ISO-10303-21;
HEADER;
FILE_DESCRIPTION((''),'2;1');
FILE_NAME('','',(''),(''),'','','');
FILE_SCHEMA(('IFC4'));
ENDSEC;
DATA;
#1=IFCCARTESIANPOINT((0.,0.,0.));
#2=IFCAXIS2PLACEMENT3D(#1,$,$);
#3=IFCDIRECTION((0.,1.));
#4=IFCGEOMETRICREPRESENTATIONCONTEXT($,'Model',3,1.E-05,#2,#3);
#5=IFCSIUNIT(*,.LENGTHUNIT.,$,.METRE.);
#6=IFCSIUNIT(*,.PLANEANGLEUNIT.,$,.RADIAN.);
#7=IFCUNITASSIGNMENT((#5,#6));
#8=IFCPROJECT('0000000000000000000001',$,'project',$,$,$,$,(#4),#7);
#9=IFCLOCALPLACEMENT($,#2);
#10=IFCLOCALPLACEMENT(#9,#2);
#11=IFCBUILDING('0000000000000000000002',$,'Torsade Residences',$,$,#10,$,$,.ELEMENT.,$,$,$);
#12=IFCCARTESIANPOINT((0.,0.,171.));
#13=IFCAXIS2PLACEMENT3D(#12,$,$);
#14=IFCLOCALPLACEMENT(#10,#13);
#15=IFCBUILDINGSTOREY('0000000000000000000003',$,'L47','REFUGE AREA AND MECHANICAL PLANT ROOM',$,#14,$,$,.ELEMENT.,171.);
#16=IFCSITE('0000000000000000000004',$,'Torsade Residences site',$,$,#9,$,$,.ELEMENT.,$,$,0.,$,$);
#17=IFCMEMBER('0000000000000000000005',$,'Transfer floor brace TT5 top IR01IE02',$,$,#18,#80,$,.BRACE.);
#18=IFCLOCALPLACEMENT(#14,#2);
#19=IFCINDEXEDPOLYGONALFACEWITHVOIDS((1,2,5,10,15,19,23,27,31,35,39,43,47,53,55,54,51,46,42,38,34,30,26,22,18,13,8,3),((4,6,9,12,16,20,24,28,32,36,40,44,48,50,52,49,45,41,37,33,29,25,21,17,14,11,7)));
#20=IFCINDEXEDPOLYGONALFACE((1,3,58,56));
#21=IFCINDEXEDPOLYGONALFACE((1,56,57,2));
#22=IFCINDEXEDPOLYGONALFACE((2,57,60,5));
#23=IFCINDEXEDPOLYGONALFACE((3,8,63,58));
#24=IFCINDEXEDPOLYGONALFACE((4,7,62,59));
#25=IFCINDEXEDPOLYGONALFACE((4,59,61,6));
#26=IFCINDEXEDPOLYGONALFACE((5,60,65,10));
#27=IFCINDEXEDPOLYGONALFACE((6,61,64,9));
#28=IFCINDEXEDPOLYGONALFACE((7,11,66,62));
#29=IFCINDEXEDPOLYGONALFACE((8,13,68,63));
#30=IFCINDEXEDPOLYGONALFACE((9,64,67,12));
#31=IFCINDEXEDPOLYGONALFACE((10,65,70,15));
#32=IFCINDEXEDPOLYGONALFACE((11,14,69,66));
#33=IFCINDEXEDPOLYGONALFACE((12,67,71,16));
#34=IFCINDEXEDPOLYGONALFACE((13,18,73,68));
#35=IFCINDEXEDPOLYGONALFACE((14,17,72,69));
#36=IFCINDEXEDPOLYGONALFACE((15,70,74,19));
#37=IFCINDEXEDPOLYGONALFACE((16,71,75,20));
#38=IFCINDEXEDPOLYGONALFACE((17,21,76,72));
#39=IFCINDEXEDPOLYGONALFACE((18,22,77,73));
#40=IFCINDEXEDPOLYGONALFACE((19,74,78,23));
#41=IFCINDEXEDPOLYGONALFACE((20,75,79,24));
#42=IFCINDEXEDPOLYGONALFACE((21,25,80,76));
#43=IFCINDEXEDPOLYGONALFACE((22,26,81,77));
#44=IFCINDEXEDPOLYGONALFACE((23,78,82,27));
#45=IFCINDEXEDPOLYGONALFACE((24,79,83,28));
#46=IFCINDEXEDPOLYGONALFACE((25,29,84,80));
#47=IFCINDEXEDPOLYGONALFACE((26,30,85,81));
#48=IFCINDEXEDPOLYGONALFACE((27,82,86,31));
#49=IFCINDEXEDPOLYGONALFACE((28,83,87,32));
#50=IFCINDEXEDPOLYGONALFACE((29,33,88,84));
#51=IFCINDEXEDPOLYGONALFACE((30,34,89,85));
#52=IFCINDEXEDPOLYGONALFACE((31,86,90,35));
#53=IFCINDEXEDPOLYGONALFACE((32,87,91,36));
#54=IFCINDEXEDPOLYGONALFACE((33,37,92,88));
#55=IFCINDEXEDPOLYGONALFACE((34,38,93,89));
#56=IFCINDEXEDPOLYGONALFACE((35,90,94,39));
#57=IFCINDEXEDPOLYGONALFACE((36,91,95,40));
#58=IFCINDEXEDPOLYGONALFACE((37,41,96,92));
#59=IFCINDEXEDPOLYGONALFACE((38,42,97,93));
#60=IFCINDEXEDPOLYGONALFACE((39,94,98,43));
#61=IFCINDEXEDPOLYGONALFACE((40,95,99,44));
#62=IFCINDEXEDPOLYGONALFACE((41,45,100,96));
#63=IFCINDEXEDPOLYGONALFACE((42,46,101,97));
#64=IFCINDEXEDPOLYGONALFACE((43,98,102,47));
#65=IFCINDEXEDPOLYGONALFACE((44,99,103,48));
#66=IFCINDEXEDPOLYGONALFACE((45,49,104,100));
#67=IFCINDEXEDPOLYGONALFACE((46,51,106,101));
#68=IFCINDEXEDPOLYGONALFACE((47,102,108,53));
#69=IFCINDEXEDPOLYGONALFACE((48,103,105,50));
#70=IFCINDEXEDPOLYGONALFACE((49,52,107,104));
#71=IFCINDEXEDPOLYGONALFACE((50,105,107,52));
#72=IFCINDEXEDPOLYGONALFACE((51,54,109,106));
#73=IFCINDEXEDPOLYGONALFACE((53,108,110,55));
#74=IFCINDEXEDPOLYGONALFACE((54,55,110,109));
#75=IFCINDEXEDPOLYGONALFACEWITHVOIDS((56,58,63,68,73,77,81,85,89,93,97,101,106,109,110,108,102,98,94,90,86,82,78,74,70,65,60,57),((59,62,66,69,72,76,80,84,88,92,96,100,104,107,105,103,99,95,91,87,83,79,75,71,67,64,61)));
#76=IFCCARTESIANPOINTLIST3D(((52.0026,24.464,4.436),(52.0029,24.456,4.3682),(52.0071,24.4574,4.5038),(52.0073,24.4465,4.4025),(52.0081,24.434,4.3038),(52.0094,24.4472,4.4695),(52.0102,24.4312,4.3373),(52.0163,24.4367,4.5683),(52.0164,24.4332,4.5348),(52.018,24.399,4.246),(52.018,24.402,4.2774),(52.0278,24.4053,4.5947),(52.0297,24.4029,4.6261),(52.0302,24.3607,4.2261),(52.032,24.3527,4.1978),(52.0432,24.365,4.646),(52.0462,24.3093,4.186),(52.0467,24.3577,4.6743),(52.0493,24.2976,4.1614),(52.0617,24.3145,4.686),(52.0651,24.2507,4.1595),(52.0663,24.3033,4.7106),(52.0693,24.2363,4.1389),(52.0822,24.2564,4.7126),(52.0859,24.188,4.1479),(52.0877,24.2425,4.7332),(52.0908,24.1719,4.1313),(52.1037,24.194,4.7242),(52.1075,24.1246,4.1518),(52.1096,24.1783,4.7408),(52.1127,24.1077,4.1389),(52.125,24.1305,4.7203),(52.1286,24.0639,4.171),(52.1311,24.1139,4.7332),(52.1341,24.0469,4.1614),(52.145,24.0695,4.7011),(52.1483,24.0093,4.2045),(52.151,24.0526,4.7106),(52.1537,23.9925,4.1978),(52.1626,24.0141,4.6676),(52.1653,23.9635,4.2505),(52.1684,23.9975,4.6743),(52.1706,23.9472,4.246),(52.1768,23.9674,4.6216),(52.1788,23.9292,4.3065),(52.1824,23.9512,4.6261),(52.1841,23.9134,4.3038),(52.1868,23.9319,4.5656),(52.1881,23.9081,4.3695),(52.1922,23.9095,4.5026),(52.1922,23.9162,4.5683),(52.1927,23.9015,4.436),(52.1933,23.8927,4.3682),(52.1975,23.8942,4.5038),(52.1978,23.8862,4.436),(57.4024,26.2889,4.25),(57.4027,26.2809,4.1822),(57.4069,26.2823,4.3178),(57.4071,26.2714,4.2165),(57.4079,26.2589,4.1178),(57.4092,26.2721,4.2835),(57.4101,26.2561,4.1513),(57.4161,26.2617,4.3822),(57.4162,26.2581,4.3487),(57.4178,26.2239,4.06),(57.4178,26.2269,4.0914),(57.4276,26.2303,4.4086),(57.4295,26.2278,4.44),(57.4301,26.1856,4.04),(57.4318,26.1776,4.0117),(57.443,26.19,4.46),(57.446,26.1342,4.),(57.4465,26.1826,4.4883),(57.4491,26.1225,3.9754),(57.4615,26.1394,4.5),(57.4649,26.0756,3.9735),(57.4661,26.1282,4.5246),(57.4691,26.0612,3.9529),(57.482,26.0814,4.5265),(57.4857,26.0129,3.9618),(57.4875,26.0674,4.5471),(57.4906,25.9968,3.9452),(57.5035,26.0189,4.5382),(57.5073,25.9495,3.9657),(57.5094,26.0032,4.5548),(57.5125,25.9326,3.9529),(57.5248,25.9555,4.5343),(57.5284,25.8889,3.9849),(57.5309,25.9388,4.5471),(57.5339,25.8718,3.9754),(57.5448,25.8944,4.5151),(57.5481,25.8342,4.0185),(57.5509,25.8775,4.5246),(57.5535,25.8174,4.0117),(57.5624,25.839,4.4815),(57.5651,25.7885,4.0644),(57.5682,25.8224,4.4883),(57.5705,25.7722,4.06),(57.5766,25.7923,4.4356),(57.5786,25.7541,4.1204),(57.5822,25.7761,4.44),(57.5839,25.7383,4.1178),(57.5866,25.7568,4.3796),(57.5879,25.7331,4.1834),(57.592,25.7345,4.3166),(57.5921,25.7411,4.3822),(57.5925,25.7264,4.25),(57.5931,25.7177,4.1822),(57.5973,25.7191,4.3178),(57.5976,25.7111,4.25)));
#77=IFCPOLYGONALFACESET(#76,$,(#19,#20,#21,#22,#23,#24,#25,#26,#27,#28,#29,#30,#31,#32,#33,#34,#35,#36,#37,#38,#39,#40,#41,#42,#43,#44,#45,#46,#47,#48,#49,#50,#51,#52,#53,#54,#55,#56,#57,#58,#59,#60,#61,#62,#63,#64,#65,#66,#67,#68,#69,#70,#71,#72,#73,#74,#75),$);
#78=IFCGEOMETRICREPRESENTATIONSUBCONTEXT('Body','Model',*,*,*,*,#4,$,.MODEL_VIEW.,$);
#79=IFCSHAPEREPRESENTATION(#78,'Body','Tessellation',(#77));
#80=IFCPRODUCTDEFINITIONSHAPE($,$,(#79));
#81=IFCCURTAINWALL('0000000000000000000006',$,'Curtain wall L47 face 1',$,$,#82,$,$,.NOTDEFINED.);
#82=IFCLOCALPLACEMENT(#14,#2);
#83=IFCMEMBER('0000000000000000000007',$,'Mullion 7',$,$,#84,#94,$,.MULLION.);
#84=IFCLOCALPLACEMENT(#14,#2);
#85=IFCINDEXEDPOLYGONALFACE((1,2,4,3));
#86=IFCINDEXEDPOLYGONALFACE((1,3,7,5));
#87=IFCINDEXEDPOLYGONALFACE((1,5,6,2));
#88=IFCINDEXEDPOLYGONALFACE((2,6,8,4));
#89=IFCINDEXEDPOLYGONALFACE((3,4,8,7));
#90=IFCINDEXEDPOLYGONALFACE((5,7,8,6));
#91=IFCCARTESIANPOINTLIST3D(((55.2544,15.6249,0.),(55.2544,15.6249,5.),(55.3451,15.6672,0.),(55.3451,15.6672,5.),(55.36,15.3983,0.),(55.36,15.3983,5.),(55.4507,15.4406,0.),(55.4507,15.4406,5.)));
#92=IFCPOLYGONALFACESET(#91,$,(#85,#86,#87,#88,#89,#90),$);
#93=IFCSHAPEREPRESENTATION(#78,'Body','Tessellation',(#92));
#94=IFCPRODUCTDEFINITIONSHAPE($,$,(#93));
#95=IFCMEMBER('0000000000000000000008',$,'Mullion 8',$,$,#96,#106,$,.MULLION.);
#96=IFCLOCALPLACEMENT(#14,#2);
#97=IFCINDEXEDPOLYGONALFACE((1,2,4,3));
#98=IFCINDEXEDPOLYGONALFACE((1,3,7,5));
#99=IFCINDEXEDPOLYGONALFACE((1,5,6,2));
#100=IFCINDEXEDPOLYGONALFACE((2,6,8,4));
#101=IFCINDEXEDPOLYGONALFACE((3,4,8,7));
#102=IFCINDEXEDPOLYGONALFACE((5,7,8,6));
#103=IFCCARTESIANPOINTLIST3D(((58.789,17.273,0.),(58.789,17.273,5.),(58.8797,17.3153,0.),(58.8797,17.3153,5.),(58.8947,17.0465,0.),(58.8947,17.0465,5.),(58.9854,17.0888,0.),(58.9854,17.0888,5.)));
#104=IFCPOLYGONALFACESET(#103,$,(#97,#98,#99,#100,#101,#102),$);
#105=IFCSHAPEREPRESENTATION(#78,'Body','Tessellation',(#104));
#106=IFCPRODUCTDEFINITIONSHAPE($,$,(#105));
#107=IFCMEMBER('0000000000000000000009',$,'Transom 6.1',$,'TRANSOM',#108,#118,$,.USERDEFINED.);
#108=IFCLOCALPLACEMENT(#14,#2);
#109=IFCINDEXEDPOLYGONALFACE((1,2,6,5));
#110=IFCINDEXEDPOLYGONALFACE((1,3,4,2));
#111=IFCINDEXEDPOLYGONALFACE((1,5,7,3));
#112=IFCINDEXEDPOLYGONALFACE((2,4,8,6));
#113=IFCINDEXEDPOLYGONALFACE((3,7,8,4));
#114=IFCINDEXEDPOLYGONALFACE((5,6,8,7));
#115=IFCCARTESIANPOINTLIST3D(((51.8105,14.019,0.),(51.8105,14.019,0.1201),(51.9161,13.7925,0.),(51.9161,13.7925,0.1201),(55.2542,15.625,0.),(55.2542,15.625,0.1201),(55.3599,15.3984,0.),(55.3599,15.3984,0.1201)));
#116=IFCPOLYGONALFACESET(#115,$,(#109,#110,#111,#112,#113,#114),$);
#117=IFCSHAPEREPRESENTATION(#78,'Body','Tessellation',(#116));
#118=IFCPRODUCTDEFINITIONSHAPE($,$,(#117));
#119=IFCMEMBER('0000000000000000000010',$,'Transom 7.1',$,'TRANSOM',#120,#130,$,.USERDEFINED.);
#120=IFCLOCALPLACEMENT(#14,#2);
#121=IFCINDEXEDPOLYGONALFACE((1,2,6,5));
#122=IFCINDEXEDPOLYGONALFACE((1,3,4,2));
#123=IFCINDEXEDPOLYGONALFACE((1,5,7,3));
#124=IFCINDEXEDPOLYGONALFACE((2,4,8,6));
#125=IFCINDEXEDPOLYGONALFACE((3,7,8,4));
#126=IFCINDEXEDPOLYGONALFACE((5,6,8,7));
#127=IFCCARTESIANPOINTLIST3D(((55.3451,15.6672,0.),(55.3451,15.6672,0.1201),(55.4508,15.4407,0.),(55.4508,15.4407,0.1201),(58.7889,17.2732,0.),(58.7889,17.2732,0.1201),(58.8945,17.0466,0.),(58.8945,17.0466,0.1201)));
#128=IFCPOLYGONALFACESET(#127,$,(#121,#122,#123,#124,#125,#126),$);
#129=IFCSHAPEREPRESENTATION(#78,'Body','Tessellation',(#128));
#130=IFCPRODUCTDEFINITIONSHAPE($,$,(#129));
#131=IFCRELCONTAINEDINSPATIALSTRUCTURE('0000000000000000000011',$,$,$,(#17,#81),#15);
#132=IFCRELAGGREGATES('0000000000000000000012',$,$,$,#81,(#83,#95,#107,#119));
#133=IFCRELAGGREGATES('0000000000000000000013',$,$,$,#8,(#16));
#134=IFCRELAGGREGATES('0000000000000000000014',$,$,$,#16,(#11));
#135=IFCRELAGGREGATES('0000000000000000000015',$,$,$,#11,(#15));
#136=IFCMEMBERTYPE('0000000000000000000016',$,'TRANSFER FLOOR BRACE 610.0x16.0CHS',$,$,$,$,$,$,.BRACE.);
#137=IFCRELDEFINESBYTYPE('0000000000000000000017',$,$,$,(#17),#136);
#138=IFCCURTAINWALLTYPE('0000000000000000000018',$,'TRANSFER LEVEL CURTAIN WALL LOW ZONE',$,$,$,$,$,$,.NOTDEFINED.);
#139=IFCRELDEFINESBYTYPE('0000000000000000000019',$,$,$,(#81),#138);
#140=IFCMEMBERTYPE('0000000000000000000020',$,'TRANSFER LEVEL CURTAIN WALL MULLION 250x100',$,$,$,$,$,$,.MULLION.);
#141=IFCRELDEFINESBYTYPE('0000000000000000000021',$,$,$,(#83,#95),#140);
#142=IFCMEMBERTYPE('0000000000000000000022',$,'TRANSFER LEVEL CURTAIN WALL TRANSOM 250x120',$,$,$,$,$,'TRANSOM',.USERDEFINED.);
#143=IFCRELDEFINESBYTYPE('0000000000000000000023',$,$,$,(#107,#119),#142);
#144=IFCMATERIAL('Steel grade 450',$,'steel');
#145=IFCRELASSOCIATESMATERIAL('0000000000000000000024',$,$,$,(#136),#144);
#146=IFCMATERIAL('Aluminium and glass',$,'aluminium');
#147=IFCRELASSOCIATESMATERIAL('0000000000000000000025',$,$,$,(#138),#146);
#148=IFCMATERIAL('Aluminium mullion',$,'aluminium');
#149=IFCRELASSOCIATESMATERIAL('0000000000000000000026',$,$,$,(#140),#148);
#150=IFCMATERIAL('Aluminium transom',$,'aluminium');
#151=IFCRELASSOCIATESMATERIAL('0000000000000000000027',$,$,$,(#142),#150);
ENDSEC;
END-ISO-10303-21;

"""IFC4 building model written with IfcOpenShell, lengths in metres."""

from ifc_helpers import new_model, si_unit, direction, frame, origin, origin_2d, place, context, subcontext, project, spatial, rectangle, hollow_circle, extrude, material, material_profile, profile_set, type_object, element, aggregate, save


model = new_model("IFC4")

# Units and contexts
model_context = context("Model", 3, precision=1e-05, world=origin(), true_north=direction((0.0, 1.0)))
body_context = subcontext(model_context, "Body", "Model", "MODEL_VIEW")
ifc_project = project(units=[si_unit("LENGTHUNIT", "METRE"), si_unit("PLANEANGLEUNIT", "RADIAN")], contexts=[model_context])

# Site, building, storey
site_placement = place(None, origin())
site = spatial("IfcSite", under=ifc_project, at=site_placement, Name="Torsade Residences site", CompositionType="ELEMENT", RefElevation=0.0)
building_placement = place(site_placement, origin())
building = spatial("IfcBuilding", under=site, at=building_placement, Name="Torsade Residences", CompositionType="ELEMENT")
storey_placement = place(building_placement, frame((0.0, 0.0, 171.0)))
storey = spatial("IfcBuildingStorey", under=building, at=storey_placement, Name="L47", Description="REFUGE AREA AND MECHANICAL PLANT ROOM", CompositionType="ELEMENT", Elevation=171.0)

# Member
ifc_material_1 = material(Name="Steel grade 450", Category="steel")
ifc_material_profile_1 = material_profile(ifc_material_1, hollow_circle(Radius=0.3049, WallThickness=0.0161, at=origin_2d()), Name="610.0x16.0CHS")
ifc_profile_set_1 = profile_set([ifc_material_profile_1], Name="Steel grade 450")
member_type_1 = type_object("IfcMemberType", Name="TRANSFER FLOOR BRACE 610.0x16.0CHS", PredefinedType="BRACE", material=ifc_profile_set_1)
member_1_placement = place(storey_placement, frame((57.5, 26.0, 4.25), z_axis=(-0.946856, -0.319999, 0.032621), x_axis=(0.32017, -0.94736, 0.0)))
element("IfcMember", 1, at=member_1_placement, inside=storey, type_object=member_type_1, Name="Transfer floor brace TT5 top IR01IE02", PredefinedType="BRACE", context=body_context, shape_type="SweptSolid", body=[
    extrude(hollow_circle(Radius=0.3049, WallThickness=0.0161, at=origin_2d()), origin(), (0.0, 0.0, 1.0), 5.7029),
])

# Curtain wall, members
ifc_material_2 = material(Name="Aluminium and glass", Category="aluminium")
curtain_wall_type = type_object("IfcCurtainWallType", Name="TRANSFER LEVEL CURTAIN WALL LOW ZONE", PredefinedType="NOTDEFINED", material=ifc_material_2)
curtain_wall_placement = place(storey_placement, origin())
curtain_wall = element("IfcCurtainWall", 2, at=curtain_wall_placement, inside=storey, type_object=curtain_wall_type, Name="Curtain wall L47 face 1", PredefinedType="NOTDEFINED")
ifc_material_3 = material(Name="Aluminium mullion", Category="aluminium")
ifc_material_profile_2 = material_profile(ifc_material_3, rectangle(XDim=0.25, YDim=0.1001, at=origin_2d()), Name="TRANSFER LEVEL CURTAIN WALL MULLION 250x100")
ifc_profile_set_2 = profile_set([ifc_material_profile_2], Name="Aluminium mullion")
member_type_2 = type_object("IfcMemberType", Name="TRANSFER LEVEL CURTAIN WALL MULLION 250x100", PredefinedType="MULLION", material=ifc_profile_set_2)
member_2_placement = place(storey_placement, frame((55.3525, 15.5327, 0.0), z_axis=(0.0, 0.0, 1.0), x_axis=(-0.422618, 0.906308, 0.0)))
member_2 = element("IfcMember", 3, at=member_2_placement, type_object=member_type_2, Name="Mullion 7", PredefinedType="MULLION", context=body_context, shape_type="SweptSolid", body=[
    extrude(rectangle(XDim=0.25, YDim=0.1001, at=origin_2d()), origin(), (0.0, 0.0, 1.0), 5.0),
])
member_3_placement = place(storey_placement, frame((58.8872, 17.1809, 0.0), z_axis=(0.0, 0.0, 1.0), x_axis=(-0.422618, 0.906308, 0.0)))
member_3 = element("IfcMember", 4, at=member_3_placement, type_object=member_type_2, Name="Mullion 8", PredefinedType="MULLION", context=body_context, shape_type="SweptSolid", body=[
    extrude(rectangle(XDim=0.25, YDim=0.1001, at=origin_2d()), origin(), (0.0, 0.0, 1.0), 5.0),
])
ifc_material_4 = material(Name="Aluminium transom", Category="aluminium")
ifc_material_profile_3 = material_profile(ifc_material_4, rectangle(XDim=0.25, YDim=0.1201, at=origin_2d()), Name="TRANSFER LEVEL CURTAIN WALL TRANSOM 250x120")
ifc_profile_set_3 = profile_set([ifc_material_profile_3], Name="Aluminium transom")
member_type_3 = type_object("IfcMemberType", Name="TRANSFER LEVEL CURTAIN WALL TRANSOM 250x120", ElementType="TRANSOM", PredefinedType="USERDEFINED", material=ifc_profile_set_3)
member_4_placement = place(storey_placement, frame((51.8633, 13.9058, 0.0601), z_axis=(0.906301, 0.422632, 0.0), x_axis=(-0.422632, 0.906301, 0.0)))
member_4 = element("IfcMember", 5, at=member_4_placement, type_object=member_type_3, Name="Transom 6.1", ObjectType="TRANSOM", PredefinedType="USERDEFINED", context=body_context, shape_type="SweptSolid", body=[
    extrude(rectangle(XDim=0.25, YDim=0.1201, at=origin_2d()), origin(), (0.0, 0.0, 1.0), 3.7998),
])
member_5_placement = place(storey_placement, frame((55.3979, 15.554, 0.0601), z_axis=(0.906301, 0.422632, 0.0), x_axis=(-0.422632, 0.906301, 0.0)))
member_5 = element("IfcMember", 6, at=member_5_placement, type_object=member_type_3, Name="Transom 7.1", ObjectType="TRANSOM", PredefinedType="USERDEFINED", context=body_context, shape_type="SweptSolid", body=[
    extrude(rectangle(XDim=0.25, YDim=0.1201, at=origin_2d()), origin(), (0.0, 0.0, 1.0), 3.7998),
])

aggregate(curtain_wall, [member_2, member_3, member_4, member_5])

save(model, "model.ifc")
